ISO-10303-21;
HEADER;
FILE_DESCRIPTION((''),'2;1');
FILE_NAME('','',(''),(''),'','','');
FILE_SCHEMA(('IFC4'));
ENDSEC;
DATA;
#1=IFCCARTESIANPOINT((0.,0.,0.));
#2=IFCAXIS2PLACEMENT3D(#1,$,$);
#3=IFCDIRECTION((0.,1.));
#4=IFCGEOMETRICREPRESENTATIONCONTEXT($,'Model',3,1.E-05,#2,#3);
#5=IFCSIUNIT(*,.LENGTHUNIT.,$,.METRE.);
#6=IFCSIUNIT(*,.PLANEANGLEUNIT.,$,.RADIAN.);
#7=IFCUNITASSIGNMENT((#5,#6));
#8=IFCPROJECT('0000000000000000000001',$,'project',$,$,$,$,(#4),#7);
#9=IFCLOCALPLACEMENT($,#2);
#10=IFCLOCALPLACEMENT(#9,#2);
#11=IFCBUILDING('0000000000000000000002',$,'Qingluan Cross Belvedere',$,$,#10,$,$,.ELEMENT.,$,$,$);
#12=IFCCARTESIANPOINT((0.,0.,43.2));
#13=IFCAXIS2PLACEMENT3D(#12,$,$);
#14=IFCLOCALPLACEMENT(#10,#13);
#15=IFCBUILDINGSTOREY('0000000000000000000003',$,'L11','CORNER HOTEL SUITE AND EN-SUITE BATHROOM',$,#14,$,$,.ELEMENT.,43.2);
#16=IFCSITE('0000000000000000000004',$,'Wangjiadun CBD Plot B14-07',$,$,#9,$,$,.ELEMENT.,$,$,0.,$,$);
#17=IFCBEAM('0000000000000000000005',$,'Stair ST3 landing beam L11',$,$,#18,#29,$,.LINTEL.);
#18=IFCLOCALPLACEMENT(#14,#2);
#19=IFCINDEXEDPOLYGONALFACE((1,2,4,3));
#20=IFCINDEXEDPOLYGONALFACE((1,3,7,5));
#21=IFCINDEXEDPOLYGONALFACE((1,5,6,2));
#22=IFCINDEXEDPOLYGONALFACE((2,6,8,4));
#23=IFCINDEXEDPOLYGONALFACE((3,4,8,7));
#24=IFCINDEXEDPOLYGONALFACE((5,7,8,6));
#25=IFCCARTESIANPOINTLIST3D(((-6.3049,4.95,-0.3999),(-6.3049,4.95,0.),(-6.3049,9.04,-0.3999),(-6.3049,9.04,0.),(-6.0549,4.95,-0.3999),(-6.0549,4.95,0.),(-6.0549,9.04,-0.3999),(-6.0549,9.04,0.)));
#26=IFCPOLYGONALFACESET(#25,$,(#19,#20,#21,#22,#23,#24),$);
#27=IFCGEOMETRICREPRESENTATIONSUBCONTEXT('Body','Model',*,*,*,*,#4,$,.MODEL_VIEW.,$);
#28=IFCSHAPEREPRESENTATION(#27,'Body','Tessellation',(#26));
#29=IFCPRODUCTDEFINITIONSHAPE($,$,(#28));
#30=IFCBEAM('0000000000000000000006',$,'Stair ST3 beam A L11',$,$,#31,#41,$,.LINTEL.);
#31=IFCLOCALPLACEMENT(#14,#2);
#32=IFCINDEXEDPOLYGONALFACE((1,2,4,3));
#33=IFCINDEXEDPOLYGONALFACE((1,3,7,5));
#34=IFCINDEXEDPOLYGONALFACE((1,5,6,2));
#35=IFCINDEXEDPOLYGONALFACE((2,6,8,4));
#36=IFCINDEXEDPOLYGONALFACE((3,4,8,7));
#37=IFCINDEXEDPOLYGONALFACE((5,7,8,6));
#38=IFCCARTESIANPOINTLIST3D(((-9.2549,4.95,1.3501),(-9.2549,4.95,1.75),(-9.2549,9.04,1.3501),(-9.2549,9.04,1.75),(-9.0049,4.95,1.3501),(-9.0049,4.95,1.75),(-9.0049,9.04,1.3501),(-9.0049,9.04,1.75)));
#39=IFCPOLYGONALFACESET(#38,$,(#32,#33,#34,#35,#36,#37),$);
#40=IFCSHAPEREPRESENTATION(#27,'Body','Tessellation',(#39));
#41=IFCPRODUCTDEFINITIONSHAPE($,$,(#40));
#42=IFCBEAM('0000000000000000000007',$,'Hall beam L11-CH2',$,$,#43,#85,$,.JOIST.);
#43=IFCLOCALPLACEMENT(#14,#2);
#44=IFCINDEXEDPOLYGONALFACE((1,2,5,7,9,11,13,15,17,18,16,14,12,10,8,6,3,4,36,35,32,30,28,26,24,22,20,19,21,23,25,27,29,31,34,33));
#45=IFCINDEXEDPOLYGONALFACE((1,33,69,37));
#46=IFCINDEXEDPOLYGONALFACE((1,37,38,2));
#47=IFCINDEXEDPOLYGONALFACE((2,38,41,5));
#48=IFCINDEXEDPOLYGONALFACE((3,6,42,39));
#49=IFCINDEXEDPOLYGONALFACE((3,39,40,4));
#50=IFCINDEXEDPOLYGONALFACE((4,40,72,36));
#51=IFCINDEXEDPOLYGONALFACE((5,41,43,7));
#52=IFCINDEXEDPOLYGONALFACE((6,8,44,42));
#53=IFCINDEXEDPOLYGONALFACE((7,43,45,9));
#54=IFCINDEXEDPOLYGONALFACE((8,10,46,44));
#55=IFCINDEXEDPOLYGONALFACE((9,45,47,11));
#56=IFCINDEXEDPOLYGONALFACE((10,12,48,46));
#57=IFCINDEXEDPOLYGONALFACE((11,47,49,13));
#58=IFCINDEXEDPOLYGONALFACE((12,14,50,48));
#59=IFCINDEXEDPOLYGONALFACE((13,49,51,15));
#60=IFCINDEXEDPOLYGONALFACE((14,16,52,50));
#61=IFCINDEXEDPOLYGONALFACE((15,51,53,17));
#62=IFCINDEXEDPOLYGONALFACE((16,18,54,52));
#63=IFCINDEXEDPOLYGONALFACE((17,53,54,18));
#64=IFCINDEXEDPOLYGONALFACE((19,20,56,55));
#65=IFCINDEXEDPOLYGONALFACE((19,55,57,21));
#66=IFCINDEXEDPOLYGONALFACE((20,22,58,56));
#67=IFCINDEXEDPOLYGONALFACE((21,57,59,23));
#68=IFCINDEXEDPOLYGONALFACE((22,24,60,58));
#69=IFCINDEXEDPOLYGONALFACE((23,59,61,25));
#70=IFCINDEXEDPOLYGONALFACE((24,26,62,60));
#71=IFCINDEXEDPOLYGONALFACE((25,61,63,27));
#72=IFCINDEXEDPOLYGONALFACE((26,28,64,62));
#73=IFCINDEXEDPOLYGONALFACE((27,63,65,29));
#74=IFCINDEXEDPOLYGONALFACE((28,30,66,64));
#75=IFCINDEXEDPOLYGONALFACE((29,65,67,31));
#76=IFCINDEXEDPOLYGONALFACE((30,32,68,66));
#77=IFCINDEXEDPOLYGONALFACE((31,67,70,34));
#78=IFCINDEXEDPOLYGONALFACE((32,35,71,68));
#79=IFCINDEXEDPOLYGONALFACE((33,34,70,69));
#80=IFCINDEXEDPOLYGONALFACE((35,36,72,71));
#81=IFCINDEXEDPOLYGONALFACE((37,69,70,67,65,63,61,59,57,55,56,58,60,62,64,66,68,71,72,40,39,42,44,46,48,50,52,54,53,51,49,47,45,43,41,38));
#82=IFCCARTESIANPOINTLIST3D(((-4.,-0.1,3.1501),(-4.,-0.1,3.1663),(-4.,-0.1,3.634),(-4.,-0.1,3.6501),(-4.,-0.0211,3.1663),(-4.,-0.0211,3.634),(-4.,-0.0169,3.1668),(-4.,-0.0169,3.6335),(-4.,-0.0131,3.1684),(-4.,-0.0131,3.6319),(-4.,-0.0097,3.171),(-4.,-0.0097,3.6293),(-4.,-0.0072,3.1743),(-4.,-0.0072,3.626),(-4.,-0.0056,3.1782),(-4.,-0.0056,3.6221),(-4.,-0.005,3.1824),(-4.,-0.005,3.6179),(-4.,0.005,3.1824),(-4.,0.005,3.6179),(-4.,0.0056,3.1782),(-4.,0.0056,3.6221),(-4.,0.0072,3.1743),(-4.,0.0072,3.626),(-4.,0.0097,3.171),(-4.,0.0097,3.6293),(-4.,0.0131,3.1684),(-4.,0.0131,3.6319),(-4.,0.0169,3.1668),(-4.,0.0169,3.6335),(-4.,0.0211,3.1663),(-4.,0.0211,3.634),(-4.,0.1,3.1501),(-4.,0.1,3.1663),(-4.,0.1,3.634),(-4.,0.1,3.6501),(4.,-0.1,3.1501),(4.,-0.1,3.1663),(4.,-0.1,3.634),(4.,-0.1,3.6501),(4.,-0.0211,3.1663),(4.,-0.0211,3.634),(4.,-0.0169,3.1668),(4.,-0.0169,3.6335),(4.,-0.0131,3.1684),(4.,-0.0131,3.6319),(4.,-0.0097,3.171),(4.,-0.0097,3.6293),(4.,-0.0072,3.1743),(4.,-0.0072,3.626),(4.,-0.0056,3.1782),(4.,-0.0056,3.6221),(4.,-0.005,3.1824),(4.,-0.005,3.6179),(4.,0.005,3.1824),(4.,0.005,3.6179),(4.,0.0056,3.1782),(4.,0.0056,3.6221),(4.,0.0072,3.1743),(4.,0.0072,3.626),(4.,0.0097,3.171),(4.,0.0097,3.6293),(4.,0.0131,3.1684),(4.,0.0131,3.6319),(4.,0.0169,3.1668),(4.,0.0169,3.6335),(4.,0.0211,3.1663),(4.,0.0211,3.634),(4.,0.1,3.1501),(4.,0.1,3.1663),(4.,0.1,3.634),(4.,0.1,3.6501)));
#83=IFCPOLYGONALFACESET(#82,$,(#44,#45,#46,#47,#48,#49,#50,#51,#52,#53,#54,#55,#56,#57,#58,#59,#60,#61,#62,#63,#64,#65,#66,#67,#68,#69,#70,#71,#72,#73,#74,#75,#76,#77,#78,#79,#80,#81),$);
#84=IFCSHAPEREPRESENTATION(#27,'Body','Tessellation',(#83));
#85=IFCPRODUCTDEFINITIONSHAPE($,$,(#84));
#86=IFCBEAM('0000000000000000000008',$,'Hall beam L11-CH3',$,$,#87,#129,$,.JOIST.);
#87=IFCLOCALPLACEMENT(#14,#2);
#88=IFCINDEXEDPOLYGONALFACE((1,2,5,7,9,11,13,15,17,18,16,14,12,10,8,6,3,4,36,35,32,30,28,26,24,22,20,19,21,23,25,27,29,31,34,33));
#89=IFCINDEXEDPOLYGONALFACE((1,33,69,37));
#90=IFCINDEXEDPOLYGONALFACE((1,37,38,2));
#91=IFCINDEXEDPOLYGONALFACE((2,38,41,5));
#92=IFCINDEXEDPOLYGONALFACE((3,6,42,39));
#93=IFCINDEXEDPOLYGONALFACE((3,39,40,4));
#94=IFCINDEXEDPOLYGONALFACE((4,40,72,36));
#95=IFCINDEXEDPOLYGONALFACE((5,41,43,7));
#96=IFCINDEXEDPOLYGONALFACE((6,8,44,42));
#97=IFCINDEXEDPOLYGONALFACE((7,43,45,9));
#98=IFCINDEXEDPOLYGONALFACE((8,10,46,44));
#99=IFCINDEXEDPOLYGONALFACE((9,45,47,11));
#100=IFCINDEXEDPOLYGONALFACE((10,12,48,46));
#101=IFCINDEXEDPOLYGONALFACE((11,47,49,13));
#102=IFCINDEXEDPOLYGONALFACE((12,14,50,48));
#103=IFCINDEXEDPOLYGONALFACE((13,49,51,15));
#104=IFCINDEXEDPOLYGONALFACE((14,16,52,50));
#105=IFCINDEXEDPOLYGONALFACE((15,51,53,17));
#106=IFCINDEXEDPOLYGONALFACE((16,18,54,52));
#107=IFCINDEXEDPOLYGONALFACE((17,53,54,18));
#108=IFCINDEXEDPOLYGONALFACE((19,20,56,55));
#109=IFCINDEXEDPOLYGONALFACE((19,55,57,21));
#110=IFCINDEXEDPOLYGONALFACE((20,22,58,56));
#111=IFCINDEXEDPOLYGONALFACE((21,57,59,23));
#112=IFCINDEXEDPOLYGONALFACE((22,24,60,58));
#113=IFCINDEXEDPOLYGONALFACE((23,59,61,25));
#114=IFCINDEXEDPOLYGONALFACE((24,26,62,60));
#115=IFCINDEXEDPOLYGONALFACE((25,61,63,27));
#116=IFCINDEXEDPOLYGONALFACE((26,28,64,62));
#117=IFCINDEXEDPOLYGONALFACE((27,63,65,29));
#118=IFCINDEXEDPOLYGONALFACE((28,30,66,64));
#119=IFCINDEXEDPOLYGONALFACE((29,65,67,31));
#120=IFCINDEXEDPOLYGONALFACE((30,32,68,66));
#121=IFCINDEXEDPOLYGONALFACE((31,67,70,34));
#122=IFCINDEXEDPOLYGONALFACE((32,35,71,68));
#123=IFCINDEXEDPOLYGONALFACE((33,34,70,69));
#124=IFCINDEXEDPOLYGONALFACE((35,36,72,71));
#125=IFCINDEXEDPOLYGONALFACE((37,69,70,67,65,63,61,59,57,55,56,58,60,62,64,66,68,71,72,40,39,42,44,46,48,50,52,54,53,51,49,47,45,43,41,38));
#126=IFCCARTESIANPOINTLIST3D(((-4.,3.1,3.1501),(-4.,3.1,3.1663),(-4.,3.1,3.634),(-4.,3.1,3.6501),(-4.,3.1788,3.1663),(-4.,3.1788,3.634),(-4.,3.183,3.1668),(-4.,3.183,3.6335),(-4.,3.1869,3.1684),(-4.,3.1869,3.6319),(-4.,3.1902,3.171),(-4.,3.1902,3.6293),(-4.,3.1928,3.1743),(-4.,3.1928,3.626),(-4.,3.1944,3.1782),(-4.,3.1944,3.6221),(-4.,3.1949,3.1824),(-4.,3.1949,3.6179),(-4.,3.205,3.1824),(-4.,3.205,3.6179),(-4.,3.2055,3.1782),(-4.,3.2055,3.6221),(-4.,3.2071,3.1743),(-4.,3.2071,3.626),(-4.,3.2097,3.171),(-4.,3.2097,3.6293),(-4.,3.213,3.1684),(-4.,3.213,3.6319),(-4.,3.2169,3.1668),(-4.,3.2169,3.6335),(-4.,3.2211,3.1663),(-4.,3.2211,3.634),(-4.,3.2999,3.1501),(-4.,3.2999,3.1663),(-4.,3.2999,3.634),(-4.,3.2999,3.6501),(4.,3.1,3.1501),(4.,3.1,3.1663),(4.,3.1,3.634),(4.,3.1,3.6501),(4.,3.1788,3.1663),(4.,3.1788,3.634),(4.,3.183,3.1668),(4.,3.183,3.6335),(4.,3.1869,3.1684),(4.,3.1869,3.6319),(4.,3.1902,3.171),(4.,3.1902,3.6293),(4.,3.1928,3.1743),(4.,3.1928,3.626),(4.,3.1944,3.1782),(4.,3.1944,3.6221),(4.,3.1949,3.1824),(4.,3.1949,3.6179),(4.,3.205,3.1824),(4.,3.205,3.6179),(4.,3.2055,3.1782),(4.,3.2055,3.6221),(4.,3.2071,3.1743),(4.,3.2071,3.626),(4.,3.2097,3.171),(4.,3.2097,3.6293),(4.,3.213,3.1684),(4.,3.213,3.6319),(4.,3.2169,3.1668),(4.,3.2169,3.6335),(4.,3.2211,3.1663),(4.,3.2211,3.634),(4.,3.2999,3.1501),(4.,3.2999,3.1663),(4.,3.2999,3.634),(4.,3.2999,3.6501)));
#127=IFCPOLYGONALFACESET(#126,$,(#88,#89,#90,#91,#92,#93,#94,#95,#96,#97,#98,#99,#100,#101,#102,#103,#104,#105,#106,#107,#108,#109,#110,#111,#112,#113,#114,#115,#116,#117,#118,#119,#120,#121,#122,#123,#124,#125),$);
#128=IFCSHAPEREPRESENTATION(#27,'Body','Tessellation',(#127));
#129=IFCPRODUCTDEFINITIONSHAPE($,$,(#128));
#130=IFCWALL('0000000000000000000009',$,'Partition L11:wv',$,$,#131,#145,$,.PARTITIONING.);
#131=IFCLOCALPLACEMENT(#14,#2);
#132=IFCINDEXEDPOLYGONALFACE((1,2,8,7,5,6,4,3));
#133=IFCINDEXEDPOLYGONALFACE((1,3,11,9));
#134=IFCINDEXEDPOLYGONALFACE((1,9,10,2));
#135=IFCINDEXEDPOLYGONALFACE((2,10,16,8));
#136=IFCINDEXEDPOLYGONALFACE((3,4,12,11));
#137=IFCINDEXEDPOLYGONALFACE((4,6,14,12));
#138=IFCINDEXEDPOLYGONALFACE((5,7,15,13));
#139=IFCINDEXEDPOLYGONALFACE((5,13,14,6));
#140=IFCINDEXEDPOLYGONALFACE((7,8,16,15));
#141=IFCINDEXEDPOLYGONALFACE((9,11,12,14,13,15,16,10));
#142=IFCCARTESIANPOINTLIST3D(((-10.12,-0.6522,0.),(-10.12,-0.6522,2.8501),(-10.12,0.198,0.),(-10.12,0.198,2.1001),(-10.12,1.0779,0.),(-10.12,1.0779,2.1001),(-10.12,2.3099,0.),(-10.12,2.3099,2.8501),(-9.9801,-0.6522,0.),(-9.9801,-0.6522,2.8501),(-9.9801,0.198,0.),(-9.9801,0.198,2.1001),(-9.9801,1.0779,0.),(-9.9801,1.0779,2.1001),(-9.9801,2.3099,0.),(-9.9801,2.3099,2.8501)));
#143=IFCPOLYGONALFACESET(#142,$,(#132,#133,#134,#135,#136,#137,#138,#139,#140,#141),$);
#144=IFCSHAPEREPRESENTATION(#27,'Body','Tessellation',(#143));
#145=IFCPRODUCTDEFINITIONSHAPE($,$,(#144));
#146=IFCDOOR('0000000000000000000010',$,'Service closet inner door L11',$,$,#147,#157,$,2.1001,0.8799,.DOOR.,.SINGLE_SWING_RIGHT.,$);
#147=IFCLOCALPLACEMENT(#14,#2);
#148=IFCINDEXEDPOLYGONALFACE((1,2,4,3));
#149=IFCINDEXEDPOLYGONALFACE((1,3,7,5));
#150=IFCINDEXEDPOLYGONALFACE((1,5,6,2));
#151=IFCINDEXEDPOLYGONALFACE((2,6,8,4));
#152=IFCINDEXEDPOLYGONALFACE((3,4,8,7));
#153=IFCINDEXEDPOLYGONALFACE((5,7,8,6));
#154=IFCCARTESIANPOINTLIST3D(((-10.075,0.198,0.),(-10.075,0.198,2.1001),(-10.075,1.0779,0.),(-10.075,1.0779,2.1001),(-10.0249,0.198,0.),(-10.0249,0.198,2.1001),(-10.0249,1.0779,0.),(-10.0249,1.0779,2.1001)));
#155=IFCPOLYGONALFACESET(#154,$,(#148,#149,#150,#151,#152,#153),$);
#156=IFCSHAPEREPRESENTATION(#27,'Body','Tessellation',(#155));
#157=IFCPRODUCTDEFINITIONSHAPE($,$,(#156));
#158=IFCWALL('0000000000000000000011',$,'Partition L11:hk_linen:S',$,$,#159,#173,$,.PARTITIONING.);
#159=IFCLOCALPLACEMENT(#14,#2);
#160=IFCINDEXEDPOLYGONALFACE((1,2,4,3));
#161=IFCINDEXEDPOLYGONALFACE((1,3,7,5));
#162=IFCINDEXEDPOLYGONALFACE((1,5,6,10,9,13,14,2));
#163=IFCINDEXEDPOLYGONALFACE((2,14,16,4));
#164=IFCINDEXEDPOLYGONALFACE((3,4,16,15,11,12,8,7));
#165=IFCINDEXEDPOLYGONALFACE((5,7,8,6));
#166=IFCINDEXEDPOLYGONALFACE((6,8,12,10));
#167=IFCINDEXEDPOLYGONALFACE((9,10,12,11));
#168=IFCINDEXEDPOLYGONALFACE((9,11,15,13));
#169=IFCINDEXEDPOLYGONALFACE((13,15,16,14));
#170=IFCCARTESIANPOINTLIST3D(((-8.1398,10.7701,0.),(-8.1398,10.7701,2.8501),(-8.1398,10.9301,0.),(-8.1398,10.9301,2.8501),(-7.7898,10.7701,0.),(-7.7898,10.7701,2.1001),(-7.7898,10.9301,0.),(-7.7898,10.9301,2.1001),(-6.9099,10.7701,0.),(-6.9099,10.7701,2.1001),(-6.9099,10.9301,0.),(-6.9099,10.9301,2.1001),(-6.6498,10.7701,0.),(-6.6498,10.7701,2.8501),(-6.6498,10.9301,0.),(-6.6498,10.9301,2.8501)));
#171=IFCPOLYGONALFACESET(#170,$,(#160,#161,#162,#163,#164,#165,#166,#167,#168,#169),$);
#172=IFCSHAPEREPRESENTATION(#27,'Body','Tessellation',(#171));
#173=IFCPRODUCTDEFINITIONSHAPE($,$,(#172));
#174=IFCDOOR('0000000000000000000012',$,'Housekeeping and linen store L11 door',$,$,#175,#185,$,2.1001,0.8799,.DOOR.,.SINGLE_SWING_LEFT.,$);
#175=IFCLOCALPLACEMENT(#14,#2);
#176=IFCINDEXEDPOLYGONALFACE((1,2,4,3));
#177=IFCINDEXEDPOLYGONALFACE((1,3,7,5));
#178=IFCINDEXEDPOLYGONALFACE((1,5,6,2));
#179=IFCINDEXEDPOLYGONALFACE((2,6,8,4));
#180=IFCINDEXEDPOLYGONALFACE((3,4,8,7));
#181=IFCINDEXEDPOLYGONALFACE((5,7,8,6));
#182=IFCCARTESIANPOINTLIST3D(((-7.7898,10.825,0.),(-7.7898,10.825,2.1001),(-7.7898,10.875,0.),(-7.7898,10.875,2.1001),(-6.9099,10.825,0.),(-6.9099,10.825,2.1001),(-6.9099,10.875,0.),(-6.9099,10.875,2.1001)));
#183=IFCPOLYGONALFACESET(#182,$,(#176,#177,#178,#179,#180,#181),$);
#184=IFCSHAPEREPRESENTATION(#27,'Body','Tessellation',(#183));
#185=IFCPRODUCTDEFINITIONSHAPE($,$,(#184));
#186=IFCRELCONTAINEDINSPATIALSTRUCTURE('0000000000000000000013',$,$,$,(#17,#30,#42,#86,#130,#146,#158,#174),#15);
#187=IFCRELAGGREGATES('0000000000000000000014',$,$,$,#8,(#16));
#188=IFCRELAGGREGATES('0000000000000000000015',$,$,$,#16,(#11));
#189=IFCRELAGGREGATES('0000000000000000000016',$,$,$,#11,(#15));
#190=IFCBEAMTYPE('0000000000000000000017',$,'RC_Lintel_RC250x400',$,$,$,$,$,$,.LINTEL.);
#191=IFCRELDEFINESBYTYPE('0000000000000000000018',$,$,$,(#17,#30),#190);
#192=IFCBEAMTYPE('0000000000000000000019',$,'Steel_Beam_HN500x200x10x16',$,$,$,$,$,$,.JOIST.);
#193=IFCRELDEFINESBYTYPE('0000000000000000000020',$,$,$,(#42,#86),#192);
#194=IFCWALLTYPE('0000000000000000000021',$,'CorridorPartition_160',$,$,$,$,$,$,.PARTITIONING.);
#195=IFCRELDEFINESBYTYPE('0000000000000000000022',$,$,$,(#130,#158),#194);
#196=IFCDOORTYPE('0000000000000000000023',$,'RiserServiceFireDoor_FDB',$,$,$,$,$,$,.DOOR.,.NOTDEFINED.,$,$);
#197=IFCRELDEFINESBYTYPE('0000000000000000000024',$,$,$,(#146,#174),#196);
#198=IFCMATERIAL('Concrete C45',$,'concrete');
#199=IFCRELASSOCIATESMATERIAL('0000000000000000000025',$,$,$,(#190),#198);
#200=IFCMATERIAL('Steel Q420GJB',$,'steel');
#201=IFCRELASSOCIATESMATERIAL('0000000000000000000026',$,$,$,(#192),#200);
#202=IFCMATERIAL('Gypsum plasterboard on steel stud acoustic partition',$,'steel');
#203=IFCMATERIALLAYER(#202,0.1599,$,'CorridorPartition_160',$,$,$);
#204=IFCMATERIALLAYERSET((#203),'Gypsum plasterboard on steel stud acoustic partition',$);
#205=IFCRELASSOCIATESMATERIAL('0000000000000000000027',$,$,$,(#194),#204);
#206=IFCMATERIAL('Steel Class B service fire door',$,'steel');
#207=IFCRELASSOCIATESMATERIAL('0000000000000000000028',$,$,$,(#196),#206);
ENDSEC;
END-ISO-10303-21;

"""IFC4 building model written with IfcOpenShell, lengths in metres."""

from ifc_helpers import new_model, si_unit, direction, frame, frame_2d, origin, origin_2d, place, context, subcontext, project, spatial, rectangle, i_section, extrude, material, layer, layer_set, material_profile, profile_set, type_object, element, fill, save


model = new_model("IFC4")

# Units and contexts
model_context = context("Model", 3, precision=1e-05, world=origin(), true_north=direction((0.0, 1.0)))
body_context = subcontext(model_context, "Body", "Model", "MODEL_VIEW")
ifc_project = project(units=[si_unit("LENGTHUNIT", "METRE"), si_unit("PLANEANGLEUNIT", "RADIAN")], contexts=[model_context])

# Site, building, storey
site_placement = place(None, origin())
site = spatial("IfcSite", under=ifc_project, at=site_placement, Name="Wangjiadun CBD Plot B14-07", CompositionType="ELEMENT", RefElevation=0.0)
building_placement = place(site_placement, origin())
building = spatial("IfcBuilding", under=site, at=building_placement, Name="Qingluan Cross Belvedere", CompositionType="ELEMENT")
storey_placement = place(building_placement, frame((0.0, 0.0, 43.2)))
storey = spatial("IfcBuildingStorey", under=building, at=storey_placement, Name="L11", Description="CORNER HOTEL SUITE AND EN-SUITE BATHROOM", CompositionType="ELEMENT", Elevation=43.2)

# Beams
ifc_material_1 = material(Name="Concrete C45", Category="concrete")
ifc_material_profile_1 = material_profile(ifc_material_1, rectangle(XDim=0.25, YDim=0.3999, at=origin_2d()), Name="RC250x400")
ifc_profile_set_1 = profile_set([ifc_material_profile_1], Name="Concrete C45")
beam_type_1 = type_object("IfcBeamType", Name="RC_Lintel_RC250x400", PredefinedType="LINTEL", material=ifc_profile_set_1)
for number, where, z_axis, x_axis, name in (
    (1, (-6.1799, 4.95, -0.2), (0.0, 1.0, 0.0), (-1.0, 0.0, 0.0), "Stair ST3 landing beam L11"),
    (2, (-9.1299, 4.95, 1.55), (0.0, 1.0, 0.0), (-1.0, 0.0, 0.0), "Stair ST3 beam A L11"),
):
    element("IfcBeam", number, at=place(storey_placement, frame(where, z_axis=z_axis, x_axis=x_axis)), inside=storey, type_object=beam_type_1, Name=name, PredefinedType="LINTEL", context=body_context, shape_type="SweptSolid", body=[
        extrude(rectangle(XDim=0.25, YDim=0.3999, at=origin_2d()), origin(), (0.0, 0.0, 1.0), 4.0901),
    ])
ifc_material_2 = material(Name="Steel Q420GJB", Category="steel")
ifc_material_profile_2 = material_profile(ifc_material_2, i_section(OverallWidth=0.2, OverallDepth=0.5, WebThickness=0.01, FlangeThickness=0.0161, FilletRadius=0.0161, at=origin_2d()), Name="HN500x200x10x16")
ifc_profile_set_2 = profile_set([ifc_material_profile_2], Name="Steel Q420GJB")
beam_type_2 = type_object("IfcBeamType", Name="Steel_Beam_HN500x200x10x16", PredefinedType="JOIST", material=ifc_profile_set_2)
for number, where, z_axis, x_axis, name in (
    (3, (-4.0, 0.0, 3.4001), (1.0, 0.0, 0.0), (0.0, 1.0, 0.0), "Hall beam L11-CH2"),
    (4, (-4.0, 3.2, 3.4001), (1.0, 0.0, 0.0), (0.0, 1.0, 0.0), "Hall beam L11-CH3"),
):
    element("IfcBeam", number, at=place(storey_placement, frame(where, z_axis=z_axis, x_axis=x_axis)), inside=storey, type_object=beam_type_2, Name=name, PredefinedType="JOIST", context=body_context, shape_type="SweptSolid", body=[
        extrude(i_section(OverallWidth=0.2, OverallDepth=0.5, WebThickness=0.01, FlangeThickness=0.0161, FilletRadius=0.0161, at=origin_2d()), origin(), (0.0, 0.0, 1.0), 8.0),
    ])

# Walls, openings, doors
ifc_material_3 = material(Name="Gypsum plasterboard on steel stud acoustic partition", Category="steel")
ifc_layer_1 = layer(ifc_material_3, 0.1599, Name="CorridorPartition_160")
ifc_layer_set_1 = layer_set([ifc_layer_1], Name="Gypsum plasterboard on steel stud acoustic partition")
wall_type_1 = type_object("IfcWallType", Name="CorridorPartition_160", PredefinedType="PARTITIONING", material=ifc_layer_set_1)
wall_1_placement = place(storey_placement, frame((-10.05, -0.6521, 0.0), z_axis=(0.0, 0.0, 1.0), x_axis=(0.0, 1.0, 0.0)))
wall_1 = element("IfcWall", 5, at=wall_1_placement, inside=storey, type_object=wall_type_1, Name="Partition L11:wv", PredefinedType="PARTITIONING", context=body_context, shape_type="SweptSolid", body=[
    extrude(rectangle(XDim=2.9622, YDim=0.1399, at=frame_2d((1.481, 0.0))), origin(), (0.0, 0.0, 1.0), 2.8501),
])
opening_1_placement = place(wall_1_placement, frame((0.8501, 0.0, 0.0)))
opening_1 = element("IfcOpeningElement", 6, at=opening_1_placement, cuts=wall_1, PredefinedType="OPENING", context=body_context, shape_type="SweptSolid", body=[
    extrude(rectangle(XDim=0.8799, YDim=2.1001, at=frame_2d((0.4399, 1.05))), frame((0.0, 0.0798, 0.0), z_axis=(0.0, -1.0, 0.0), x_axis=(1.0, 0.0, 0.0)), (0.0, 0.0, 1.0), 0.1599),
])
ifc_material_4 = material(Name="Steel Class B service fire door", Category="steel")
door_type_1 = type_object("IfcDoorType", Name="RiserServiceFireDoor_FDB", OperationType="NOTDEFINED", PredefinedType="DOOR", material=ifc_material_4)
door_1_placement = place(opening_1_placement, origin())
door_1 = element("IfcDoor", 7, at=door_1_placement, inside=storey, type_object=door_type_1, Name="Service closet inner door L11", OperationType="SINGLE_SWING_RIGHT", OverallHeight=2.1001, OverallWidth=0.8799, PredefinedType="DOOR", context=body_context, shape_type="SweptSolid", body=[
    extrude(rectangle(XDim=0.8799, YDim=2.1001, at=frame_2d((0.4399, 1.05))), frame((0.0, 0.0249, 0.0), z_axis=(0.0, -1.0, 0.0), x_axis=(1.0, 0.0, 0.0)), (0.0, 0.0, 1.0), 0.05),
])
fill(opening_1, door_1)
wall_2_placement = place(storey_placement, frame((-8.1399, 10.8501, 0.0), z_axis=(0.0, 0.0, 1.0), x_axis=(1.0, 0.0, 0.0)))
wall_2 = element("IfcWall", 8, at=wall_2_placement, inside=storey, type_object=wall_type_1, Name="Partition L11:hk_linen:S", PredefinedType="PARTITIONING", context=body_context, shape_type="SweptSolid", body=[
    extrude(rectangle(XDim=1.49, YDim=0.1599, at=frame_2d((0.7451, 0.0))), origin(), (0.0, 0.0, 1.0), 2.8501),
])
opening_2_placement = place(wall_2_placement, frame((0.3501, 0.0, 0.0)))
opening_2 = element("IfcOpeningElement", 9, at=opening_2_placement, cuts=wall_2, PredefinedType="OPENING", context=body_context, shape_type="SweptSolid", body=[
    extrude(rectangle(XDim=0.8799, YDim=2.1001, at=frame_2d((0.4399, 1.05))), frame((0.0, 0.0898, 0.0), z_axis=(0.0, -1.0, 0.0), x_axis=(1.0, 0.0, 0.0)), (0.0, 0.0, 1.0), 0.1799),
])
door_2_placement = place(opening_2_placement, origin())
door_2 = element("IfcDoor", 10, at=door_2_placement, inside=storey, type_object=door_type_1, Name="Housekeeping and linen store L11 door", OperationType="SINGLE_SWING_LEFT", OverallHeight=2.1001, OverallWidth=0.8799, PredefinedType="DOOR", context=body_context, shape_type="SweptSolid", body=[
    extrude(rectangle(XDim=0.8799, YDim=2.1001, at=frame_2d((0.4399, 1.05))), frame((0.0, 0.0249, 0.0), z_axis=(0.0, -1.0, 0.0), x_axis=(1.0, 0.0, 0.0)), (0.0, 0.0, 1.0), 0.05),
])
fill(opening_2, door_2)

save(model, "model.ifc")
